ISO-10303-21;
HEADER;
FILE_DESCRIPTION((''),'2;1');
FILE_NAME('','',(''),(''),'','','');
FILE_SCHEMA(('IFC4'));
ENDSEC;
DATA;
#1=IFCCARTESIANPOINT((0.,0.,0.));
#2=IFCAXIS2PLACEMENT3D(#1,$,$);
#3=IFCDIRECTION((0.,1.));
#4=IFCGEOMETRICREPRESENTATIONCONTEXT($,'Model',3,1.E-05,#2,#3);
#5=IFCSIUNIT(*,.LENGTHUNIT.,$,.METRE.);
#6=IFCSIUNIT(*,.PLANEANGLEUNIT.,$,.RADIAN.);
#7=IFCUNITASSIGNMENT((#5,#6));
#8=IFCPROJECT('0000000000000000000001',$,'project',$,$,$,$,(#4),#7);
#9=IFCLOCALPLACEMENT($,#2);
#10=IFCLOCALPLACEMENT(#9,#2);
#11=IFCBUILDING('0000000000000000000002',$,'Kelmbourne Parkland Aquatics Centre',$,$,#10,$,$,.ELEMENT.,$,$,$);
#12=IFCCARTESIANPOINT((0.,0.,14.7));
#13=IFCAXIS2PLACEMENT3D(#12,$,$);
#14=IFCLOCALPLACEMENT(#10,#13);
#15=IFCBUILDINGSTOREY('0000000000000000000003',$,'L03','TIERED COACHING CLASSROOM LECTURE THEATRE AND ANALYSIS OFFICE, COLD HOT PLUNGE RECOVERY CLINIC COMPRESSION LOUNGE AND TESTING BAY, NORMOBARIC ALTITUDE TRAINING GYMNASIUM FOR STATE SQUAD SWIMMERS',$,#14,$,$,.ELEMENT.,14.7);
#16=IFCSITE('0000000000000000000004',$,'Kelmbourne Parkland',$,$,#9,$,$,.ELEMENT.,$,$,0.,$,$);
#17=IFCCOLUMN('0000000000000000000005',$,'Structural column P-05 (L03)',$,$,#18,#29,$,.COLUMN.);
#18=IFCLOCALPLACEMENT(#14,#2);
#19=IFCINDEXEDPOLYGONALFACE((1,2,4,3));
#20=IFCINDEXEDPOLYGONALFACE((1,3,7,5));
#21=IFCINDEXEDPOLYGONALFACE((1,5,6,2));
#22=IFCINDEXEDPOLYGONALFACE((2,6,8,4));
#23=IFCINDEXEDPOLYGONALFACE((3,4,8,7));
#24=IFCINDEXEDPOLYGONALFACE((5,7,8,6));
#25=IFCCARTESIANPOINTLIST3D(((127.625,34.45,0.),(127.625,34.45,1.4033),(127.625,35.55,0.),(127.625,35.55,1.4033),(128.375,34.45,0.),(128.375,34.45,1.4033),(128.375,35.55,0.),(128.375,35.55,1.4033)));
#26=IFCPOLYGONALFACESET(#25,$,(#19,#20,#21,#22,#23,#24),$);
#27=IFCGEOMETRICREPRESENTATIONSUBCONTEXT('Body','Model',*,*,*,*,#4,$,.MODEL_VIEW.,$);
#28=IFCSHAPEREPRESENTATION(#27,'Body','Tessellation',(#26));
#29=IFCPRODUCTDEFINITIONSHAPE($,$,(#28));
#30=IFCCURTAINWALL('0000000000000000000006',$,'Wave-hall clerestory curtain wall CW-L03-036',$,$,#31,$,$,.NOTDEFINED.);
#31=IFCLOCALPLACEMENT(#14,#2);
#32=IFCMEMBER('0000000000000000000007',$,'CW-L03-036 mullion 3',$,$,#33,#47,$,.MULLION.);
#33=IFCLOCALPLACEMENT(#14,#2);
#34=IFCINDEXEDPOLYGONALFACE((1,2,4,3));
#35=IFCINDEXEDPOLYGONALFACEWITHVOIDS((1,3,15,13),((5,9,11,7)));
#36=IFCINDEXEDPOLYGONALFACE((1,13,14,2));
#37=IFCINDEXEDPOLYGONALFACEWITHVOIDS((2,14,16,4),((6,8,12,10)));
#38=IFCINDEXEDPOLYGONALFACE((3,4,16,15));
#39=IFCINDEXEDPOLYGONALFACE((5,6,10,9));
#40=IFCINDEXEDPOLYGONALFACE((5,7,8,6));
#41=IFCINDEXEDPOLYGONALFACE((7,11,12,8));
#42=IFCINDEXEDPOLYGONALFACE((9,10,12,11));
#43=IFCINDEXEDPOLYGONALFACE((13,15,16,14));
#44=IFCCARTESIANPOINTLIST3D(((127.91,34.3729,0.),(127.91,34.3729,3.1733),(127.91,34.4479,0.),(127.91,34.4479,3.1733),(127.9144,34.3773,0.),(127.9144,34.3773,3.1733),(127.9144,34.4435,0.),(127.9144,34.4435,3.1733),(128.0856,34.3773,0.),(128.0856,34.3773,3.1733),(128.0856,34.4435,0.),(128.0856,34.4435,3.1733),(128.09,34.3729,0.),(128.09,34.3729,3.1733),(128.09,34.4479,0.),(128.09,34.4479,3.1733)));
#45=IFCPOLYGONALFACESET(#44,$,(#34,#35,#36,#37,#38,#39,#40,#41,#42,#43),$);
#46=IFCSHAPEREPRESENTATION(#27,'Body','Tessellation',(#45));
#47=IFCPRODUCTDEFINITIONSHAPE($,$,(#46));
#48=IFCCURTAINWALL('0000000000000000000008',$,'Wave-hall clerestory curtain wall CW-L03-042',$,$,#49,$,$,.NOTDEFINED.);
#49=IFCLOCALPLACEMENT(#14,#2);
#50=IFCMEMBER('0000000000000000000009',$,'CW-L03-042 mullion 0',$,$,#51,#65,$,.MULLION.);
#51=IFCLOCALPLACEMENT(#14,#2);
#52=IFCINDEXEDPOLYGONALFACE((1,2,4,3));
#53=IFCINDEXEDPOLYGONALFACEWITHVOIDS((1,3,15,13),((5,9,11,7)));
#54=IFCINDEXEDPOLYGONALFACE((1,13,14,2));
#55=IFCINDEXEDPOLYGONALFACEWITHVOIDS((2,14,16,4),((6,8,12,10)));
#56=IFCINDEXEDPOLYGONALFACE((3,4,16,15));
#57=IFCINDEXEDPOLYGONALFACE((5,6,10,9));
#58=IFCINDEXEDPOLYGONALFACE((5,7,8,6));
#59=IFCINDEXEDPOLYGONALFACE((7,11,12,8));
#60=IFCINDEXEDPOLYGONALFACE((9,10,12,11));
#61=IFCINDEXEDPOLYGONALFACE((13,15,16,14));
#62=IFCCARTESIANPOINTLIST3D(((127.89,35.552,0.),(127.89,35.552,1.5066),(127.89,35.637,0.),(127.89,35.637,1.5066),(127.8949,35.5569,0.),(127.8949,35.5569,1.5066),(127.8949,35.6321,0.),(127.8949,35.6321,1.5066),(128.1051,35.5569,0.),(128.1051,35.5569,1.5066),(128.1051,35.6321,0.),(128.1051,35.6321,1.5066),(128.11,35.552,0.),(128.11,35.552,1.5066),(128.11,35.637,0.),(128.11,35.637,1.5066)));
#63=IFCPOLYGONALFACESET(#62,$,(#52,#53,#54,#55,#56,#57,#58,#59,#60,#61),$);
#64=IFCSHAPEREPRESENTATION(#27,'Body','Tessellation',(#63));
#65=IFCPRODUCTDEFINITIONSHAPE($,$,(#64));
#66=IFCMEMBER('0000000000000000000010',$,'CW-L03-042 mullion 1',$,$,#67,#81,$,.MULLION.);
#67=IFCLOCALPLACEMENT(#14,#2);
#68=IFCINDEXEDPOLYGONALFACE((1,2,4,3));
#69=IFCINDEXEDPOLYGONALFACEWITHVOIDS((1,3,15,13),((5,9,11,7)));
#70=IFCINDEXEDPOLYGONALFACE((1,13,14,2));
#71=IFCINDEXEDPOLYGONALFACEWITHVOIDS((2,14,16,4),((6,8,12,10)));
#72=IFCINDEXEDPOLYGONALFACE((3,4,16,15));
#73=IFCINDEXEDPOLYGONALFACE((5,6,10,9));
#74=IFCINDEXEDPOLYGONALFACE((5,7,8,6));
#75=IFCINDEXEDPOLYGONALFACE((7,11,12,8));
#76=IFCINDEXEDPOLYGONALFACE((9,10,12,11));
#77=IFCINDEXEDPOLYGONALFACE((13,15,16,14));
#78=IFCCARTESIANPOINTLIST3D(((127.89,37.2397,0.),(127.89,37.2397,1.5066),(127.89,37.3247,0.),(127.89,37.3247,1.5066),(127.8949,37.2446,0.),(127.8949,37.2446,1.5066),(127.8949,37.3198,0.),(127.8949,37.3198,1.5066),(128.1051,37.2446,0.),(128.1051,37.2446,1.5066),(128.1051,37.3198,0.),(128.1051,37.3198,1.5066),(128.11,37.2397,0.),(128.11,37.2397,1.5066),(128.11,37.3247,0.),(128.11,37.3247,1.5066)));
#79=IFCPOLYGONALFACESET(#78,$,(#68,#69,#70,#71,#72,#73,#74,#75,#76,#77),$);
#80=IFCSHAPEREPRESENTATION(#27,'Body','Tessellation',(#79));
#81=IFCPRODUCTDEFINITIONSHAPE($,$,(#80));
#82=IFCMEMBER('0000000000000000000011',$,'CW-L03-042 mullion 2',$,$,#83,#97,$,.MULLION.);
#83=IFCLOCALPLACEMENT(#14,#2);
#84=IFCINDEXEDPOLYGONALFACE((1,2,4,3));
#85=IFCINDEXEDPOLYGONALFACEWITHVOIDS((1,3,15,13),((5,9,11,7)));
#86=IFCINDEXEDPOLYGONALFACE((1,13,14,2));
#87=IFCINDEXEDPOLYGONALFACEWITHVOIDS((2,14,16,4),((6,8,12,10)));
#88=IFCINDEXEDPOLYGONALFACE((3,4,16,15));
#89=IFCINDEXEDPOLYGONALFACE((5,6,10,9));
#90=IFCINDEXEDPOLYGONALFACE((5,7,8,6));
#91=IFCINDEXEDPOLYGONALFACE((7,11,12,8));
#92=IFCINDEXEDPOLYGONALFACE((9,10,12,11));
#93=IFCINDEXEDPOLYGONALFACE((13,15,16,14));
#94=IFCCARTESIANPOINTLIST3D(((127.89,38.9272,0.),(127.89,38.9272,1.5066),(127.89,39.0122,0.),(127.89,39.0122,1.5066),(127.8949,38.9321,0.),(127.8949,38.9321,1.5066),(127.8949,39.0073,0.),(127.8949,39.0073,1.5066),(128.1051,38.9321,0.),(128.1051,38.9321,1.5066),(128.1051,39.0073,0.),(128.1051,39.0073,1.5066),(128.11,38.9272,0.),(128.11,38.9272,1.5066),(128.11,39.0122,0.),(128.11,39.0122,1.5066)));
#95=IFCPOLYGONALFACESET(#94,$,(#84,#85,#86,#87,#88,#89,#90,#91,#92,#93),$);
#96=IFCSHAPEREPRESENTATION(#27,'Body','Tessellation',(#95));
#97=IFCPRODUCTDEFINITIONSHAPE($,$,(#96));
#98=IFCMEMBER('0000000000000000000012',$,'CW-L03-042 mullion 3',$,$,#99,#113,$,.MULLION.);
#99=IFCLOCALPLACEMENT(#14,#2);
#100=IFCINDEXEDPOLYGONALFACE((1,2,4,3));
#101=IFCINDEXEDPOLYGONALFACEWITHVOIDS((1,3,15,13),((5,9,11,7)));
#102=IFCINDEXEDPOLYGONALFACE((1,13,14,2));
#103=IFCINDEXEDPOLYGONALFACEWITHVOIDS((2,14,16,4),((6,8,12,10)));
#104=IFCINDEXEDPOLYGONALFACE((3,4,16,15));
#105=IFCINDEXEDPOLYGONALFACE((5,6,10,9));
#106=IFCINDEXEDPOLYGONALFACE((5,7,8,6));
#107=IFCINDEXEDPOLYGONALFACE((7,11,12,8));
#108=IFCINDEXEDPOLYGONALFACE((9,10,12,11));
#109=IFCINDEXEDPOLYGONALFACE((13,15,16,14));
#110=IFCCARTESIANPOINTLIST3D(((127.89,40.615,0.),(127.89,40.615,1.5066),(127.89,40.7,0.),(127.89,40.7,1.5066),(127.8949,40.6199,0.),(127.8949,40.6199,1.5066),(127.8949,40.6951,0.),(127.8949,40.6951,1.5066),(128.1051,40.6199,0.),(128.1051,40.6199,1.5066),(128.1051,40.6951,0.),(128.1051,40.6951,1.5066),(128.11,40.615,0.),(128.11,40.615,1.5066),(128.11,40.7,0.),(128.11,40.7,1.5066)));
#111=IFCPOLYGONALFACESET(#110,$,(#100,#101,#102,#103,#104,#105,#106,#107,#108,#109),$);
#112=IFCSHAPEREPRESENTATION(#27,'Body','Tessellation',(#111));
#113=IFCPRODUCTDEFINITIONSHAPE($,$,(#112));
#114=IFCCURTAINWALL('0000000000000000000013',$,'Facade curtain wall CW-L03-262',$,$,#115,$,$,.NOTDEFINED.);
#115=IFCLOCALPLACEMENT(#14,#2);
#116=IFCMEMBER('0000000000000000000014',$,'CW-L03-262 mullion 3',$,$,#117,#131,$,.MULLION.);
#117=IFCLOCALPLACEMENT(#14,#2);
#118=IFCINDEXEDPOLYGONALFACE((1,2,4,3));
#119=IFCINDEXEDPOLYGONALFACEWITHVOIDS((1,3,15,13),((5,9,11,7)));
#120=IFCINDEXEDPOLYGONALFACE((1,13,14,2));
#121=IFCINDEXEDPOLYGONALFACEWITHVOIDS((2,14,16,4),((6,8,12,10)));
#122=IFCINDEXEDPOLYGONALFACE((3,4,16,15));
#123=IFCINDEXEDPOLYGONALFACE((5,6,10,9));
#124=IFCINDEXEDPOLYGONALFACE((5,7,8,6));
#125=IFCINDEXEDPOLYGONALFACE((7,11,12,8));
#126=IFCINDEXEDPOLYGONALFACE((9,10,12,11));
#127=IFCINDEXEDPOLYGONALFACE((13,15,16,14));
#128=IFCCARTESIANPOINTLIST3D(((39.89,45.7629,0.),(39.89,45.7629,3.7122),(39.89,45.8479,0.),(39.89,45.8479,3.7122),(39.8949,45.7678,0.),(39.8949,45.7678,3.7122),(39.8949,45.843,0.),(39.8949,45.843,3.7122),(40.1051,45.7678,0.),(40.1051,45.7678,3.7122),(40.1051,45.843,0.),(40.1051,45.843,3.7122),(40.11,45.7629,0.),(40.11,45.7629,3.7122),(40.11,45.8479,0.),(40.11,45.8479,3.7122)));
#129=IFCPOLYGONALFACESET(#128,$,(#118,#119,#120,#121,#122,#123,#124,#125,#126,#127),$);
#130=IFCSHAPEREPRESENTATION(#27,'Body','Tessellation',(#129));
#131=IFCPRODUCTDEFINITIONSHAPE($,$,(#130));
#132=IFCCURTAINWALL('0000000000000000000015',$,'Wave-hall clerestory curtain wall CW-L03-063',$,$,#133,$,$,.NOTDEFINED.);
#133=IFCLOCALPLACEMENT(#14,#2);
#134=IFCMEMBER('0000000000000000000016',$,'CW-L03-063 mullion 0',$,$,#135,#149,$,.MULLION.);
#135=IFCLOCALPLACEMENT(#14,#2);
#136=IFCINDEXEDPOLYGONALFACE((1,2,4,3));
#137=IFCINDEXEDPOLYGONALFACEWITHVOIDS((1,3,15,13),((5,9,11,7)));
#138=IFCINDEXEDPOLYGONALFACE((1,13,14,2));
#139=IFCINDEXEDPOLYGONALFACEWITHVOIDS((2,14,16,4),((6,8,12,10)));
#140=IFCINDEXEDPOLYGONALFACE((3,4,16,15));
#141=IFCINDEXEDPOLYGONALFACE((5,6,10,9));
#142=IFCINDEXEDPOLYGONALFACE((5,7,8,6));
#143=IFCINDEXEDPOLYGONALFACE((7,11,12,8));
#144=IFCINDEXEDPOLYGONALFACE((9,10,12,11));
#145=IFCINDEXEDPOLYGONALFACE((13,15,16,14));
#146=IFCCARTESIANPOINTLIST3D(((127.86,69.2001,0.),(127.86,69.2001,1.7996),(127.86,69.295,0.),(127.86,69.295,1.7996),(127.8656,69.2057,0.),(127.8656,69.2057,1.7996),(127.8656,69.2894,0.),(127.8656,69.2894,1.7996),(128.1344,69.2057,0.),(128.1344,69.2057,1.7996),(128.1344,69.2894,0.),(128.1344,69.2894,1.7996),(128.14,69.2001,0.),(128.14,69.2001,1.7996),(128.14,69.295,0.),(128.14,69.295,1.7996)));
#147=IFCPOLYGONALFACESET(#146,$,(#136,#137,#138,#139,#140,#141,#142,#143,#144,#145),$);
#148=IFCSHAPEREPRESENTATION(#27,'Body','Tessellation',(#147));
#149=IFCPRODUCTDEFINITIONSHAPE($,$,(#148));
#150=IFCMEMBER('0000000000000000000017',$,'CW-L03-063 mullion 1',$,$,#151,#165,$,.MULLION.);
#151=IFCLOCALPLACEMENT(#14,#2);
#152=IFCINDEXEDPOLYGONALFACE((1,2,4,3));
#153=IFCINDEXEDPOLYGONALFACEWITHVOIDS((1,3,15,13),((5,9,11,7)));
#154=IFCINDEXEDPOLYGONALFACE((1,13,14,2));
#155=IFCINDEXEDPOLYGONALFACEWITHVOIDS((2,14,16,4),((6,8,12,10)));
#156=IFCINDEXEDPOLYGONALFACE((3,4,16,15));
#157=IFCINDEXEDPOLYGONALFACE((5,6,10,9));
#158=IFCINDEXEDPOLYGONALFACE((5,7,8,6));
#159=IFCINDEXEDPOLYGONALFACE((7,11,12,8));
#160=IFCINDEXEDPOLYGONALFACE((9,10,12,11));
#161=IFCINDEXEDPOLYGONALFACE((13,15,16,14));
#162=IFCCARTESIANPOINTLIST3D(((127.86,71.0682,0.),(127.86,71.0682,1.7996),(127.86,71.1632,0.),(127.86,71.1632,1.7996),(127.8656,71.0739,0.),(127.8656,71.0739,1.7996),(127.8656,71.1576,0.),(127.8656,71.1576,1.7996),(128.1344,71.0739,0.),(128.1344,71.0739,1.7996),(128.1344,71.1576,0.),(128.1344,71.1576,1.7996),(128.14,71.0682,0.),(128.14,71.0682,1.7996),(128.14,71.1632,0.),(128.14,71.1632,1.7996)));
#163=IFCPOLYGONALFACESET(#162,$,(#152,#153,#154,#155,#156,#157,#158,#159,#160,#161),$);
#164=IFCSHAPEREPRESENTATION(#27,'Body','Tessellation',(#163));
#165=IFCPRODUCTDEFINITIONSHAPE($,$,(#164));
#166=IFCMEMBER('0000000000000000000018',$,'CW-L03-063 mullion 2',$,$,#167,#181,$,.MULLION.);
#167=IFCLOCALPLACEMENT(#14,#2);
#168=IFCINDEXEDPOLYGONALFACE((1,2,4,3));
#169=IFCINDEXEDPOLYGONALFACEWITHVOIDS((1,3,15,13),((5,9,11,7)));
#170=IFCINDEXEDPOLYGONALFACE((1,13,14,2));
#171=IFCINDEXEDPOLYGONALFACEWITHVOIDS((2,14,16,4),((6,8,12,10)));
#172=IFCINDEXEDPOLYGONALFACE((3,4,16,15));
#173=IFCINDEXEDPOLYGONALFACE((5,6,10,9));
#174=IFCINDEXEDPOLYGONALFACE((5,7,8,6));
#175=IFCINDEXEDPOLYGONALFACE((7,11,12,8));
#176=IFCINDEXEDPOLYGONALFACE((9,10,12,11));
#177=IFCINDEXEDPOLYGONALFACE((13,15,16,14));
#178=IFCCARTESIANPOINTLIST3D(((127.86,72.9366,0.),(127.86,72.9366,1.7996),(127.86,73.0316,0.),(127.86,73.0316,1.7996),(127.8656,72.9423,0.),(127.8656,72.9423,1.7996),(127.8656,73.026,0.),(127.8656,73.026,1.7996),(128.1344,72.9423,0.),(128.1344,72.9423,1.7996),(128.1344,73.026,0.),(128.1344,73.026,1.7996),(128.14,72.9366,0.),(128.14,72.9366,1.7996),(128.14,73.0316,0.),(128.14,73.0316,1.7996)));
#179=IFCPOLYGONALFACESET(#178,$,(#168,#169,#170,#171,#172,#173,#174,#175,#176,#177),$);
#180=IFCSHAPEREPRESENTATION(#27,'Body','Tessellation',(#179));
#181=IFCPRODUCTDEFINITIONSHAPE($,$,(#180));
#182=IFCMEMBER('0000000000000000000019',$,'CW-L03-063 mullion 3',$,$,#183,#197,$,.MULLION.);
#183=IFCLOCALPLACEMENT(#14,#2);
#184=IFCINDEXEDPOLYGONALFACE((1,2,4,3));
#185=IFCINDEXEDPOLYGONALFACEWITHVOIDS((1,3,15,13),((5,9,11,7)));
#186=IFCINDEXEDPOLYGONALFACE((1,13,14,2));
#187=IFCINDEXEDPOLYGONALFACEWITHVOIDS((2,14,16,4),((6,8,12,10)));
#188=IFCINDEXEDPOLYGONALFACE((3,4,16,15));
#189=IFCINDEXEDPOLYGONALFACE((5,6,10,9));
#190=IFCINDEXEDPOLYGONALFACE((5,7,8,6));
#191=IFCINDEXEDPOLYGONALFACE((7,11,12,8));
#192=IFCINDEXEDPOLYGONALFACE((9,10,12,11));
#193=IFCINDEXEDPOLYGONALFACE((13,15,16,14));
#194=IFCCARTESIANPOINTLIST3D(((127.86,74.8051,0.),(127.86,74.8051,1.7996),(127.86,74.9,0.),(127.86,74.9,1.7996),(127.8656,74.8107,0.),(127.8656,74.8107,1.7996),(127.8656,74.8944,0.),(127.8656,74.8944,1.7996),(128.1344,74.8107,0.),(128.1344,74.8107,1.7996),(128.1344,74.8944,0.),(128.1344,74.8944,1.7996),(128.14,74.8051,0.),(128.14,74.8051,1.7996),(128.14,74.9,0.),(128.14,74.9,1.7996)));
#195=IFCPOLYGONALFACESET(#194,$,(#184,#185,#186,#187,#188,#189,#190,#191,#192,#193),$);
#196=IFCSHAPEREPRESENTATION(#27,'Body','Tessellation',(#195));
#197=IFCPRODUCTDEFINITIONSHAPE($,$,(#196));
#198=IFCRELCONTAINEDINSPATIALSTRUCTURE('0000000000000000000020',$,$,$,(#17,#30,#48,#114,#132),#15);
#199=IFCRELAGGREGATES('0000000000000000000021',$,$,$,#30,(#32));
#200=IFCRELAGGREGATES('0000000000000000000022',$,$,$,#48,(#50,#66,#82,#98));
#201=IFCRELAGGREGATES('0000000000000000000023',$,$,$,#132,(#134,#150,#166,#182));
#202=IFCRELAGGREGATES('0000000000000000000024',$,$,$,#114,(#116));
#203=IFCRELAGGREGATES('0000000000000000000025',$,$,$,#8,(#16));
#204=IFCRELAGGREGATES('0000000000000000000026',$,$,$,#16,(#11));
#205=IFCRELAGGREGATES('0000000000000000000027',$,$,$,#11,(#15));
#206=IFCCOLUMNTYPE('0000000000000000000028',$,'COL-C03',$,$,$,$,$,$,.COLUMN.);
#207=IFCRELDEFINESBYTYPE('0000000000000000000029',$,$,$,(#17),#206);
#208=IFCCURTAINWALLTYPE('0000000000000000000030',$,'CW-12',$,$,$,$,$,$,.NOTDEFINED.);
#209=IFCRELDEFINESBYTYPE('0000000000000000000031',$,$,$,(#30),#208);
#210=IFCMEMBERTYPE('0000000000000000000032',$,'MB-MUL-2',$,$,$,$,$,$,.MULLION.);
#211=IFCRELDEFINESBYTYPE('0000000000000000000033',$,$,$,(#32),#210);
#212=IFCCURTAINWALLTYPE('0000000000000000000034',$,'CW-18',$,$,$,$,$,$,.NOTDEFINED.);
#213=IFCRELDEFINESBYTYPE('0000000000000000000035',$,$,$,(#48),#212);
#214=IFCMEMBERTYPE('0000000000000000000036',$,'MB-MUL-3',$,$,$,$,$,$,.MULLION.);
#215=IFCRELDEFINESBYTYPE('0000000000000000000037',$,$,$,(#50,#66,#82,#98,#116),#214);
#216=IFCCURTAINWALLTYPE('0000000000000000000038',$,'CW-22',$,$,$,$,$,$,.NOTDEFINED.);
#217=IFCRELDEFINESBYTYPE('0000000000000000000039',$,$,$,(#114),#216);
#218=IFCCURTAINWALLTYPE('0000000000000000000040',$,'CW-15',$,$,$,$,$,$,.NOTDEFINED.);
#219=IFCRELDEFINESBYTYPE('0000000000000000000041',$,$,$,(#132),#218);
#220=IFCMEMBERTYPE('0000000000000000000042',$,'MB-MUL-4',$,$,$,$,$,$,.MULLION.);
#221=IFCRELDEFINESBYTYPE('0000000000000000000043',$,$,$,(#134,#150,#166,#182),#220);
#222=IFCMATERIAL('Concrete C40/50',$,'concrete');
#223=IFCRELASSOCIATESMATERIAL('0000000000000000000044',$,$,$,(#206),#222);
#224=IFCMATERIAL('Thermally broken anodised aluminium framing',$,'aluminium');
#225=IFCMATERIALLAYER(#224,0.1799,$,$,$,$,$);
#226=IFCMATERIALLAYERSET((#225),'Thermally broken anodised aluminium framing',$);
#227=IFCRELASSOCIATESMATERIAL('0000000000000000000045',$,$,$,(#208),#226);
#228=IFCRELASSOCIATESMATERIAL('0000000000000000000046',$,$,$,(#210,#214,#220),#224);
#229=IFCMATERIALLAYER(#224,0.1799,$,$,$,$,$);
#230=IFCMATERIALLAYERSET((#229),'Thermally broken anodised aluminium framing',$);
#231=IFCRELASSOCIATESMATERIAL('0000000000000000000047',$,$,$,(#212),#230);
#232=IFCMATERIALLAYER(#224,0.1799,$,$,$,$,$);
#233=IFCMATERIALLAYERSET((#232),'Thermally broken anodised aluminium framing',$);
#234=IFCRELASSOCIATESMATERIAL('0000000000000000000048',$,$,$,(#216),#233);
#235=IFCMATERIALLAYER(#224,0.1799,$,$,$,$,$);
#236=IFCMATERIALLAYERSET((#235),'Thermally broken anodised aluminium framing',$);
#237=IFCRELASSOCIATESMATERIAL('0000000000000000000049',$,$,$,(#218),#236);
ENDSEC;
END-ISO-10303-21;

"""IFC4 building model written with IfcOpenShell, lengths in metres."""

from ifc_helpers import new_model, si_unit, direction, frame, origin, origin_2d, place, context, subcontext, project, spatial, rectangle, hollow_rectangle, extrude, material, layer, layer_set, material_profile, profile_set, type_object, element, aggregate, save


model = new_model("IFC4")

# Units and contexts
model_context = context("Model", 3, precision=1e-05, world=origin(), true_north=direction((0.0, 1.0)))
body_context = subcontext(model_context, "Body", "Model", "MODEL_VIEW")
ifc_project = project(units=[si_unit("LENGTHUNIT", "METRE"), si_unit("PLANEANGLEUNIT", "RADIAN")], contexts=[model_context])

# Site, building, storey
site_placement = place(None, origin())
site = spatial("IfcSite", under=ifc_project, at=site_placement, Name="Kelmbourne Parkland", CompositionType="ELEMENT", RefElevation=0.0)
building_placement = place(site_placement, origin())
building = spatial("IfcBuilding", under=site, at=building_placement, Name="Kelmbourne Parkland Aquatics Centre", CompositionType="ELEMENT")
storey_placement = place(building_placement, frame((0.0, 0.0, 14.7)))
storey = spatial("IfcBuildingStorey", under=building, at=storey_placement, Name="L03", Description="TIERED COACHING CLASSROOM LECTURE THEATRE AND ANALYSIS OFFICE, COLD HOT PLUNGE RECOVERY CLINIC COMPRESSION LOUNGE AND TESTING BAY, NORMOBARIC ALTITUDE TRAINING GYMNASIUM FOR STATE SQUAD SWIMMERS", CompositionType="ELEMENT", Elevation=14.7)

# Column
ifc_material_1 = material(Name="Concrete C40/50", Category="concrete")
ifc_material_profile_1 = material_profile(ifc_material_1, rectangle(XDim=0.75, YDim=1.1001, at=origin_2d()), Name="RC 750x1100")
ifc_profile_set_1 = profile_set([ifc_material_profile_1], Name="Concrete C40/50")
column_type = type_object("IfcColumnType", Name="COL-C03", PredefinedType="COLUMN", material=ifc_profile_set_1)
column_placement = place(storey_placement, frame((128.0, 35.0, 0.0), z_axis=(0.0, 0.0, 1.0), x_axis=(1.0, 0.0, 0.0)))
element("IfcColumn", 1, at=column_placement, inside=storey, type_object=column_type, Name="Structural column P-05 (L03)", PredefinedType="COLUMN", context=body_context, shape_type="SweptSolid", body=[
    extrude(rectangle(XDim=0.75, YDim=1.1001, at=origin_2d()), origin(), (0.0, 0.0, 1.0), 1.4033),
])

# Curtain wall, member
ifc_material_2 = material(Name="Thermally broken anodised aluminium framing", Category="aluminium")
ifc_layer_1 = layer(ifc_material_2, 0.1799)
ifc_layer_set_1 = layer_set([ifc_layer_1], Name="Thermally broken anodised aluminium framing")
curtain_wall_type_1 = type_object("IfcCurtainWallType", Name="CW-12", PredefinedType="NOTDEFINED", material=ifc_layer_set_1)
curtain_wall_1_placement = place(storey_placement, origin())
curtain_wall_1 = element("IfcCurtainWall", 2, at=curtain_wall_1_placement, inside=storey, type_object=curtain_wall_type_1, Name="Wave-hall clerestory curtain wall CW-L03-036", PredefinedType="NOTDEFINED")
ifc_material_profile_2 = material_profile(ifc_material_2, hollow_rectangle(XDim=0.075, YDim=0.1799, WallThickness=0.0044, at=origin_2d()), Name="CW-M 75x180")
ifc_profile_set_2 = profile_set([ifc_material_profile_2], Name="Thermally broken anodised aluminium framing")
member_type_1 = type_object("IfcMemberType", Name="MB-MUL-2", PredefinedType="MULLION", material=ifc_profile_set_2)
member_1_placement = place(storey_placement, frame((128.0, 34.4104, 0.0), z_axis=(0.0, 0.0, 1.0), x_axis=(0.0, 1.0, 0.0)))
member_1 = element("IfcMember", 3, at=member_1_placement, type_object=member_type_1, Name="CW-L03-036 mullion 3", PredefinedType="MULLION", context=body_context, shape_type="SweptSolid", body=[
    extrude(hollow_rectangle(XDim=0.075, YDim=0.1799, WallThickness=0.0044, at=origin_2d()), origin(), (0.0, 0.0, 1.0), 3.1733),
])
aggregate(curtain_wall_1, [member_1])

# Curtain wall, members
ifc_layer_2 = layer(ifc_material_2, 0.1799)
ifc_layer_set_2 = layer_set([ifc_layer_2], Name="Thermally broken anodised aluminium framing")
curtain_wall_type_2 = type_object("IfcCurtainWallType", Name="CW-18", PredefinedType="NOTDEFINED", material=ifc_layer_set_2)
curtain_wall_2_placement = place(storey_placement, origin())
curtain_wall_2 = element("IfcCurtainWall", 4, at=curtain_wall_2_placement, inside=storey, type_object=curtain_wall_type_2, Name="Wave-hall clerestory curtain wall CW-L03-042", PredefinedType="NOTDEFINED")
ifc_material_profile_3 = material_profile(ifc_material_2, hollow_rectangle(XDim=0.085, YDim=0.22, WallThickness=0.0049, at=origin_2d()), Name="CW-M 85x220")
ifc_profile_set_3 = profile_set([ifc_material_profile_3], Name="Thermally broken anodised aluminium framing")
member_type_2 = type_object("IfcMemberType", Name="MB-MUL-3", PredefinedType="MULLION", material=ifc_profile_set_3)
member_2_placement = place(storey_placement, frame((128.0, 35.5945, 0.0), z_axis=(0.0, 0.0, 1.0), x_axis=(0.0, 1.0, 0.0)))
member_2 = element("IfcMember", 5, at=member_2_placement, type_object=member_type_2, Name="CW-L03-042 mullion 0", PredefinedType="MULLION", context=body_context, shape_type="SweptSolid", body=[
    extrude(hollow_rectangle(XDim=0.085, YDim=0.22, WallThickness=0.0049, at=origin_2d()), origin(), (0.0, 0.0, 1.0), 1.5066),
])
member_3_placement = place(storey_placement, frame((128.0, 37.2822, 0.0), z_axis=(0.0, 0.0, 1.0), x_axis=(0.0, 1.0, 0.0)))
member_3 = element("IfcMember", 6, at=member_3_placement, type_object=member_type_2, Name="CW-L03-042 mullion 1", PredefinedType="MULLION", context=body_context, shape_type="SweptSolid", body=[
    extrude(hollow_rectangle(XDim=0.085, YDim=0.22, WallThickness=0.0049, at=origin_2d()), origin(), (0.0, 0.0, 1.0), 1.5066),
])
member_4_placement = place(storey_placement, frame((128.0, 38.9697, 0.0), z_axis=(0.0, 0.0, 1.0), x_axis=(0.0, 1.0, 0.0)))
member_4 = element("IfcMember", 7, at=member_4_placement, type_object=member_type_2, Name="CW-L03-042 mullion 2", PredefinedType="MULLION", context=body_context, shape_type="SweptSolid", body=[
    extrude(hollow_rectangle(XDim=0.085, YDim=0.22, WallThickness=0.0049, at=origin_2d()), origin(), (0.0, 0.0, 1.0), 1.5066),
])
member_5_placement = place(storey_placement, frame((128.0, 40.6575, 0.0), z_axis=(0.0, 0.0, 1.0), x_axis=(0.0, 1.0, 0.0)))
member_5 = element("IfcMember", 8, at=member_5_placement, type_object=member_type_2, Name="CW-L03-042 mullion 3", PredefinedType="MULLION", context=body_context, shape_type="SweptSolid", body=[
    extrude(hollow_rectangle(XDim=0.085, YDim=0.22, WallThickness=0.0049, at=origin_2d()), origin(), (0.0, 0.0, 1.0), 1.5066),
])

# Curtain wall, member
ifc_layer_3 = layer(ifc_material_2, 0.1799)
ifc_layer_set_3 = layer_set([ifc_layer_3], Name="Thermally broken anodised aluminium framing")
curtain_wall_type_3 = type_object("IfcCurtainWallType", Name="CW-22", PredefinedType="NOTDEFINED", material=ifc_layer_set_3)
curtain_wall_3_placement = place(storey_placement, origin())
curtain_wall_3 = element("IfcCurtainWall", 9, at=curtain_wall_3_placement, inside=storey, type_object=curtain_wall_type_3, Name="Facade curtain wall CW-L03-262", PredefinedType="NOTDEFINED")
member_6_placement = place(storey_placement, frame((40.0, 45.8054, 0.0), z_axis=(0.0, 0.0, 1.0), x_axis=(0.0, 1.0, 0.0)))
member_6 = element("IfcMember", 10, at=member_6_placement, type_object=member_type_2, Name="CW-L03-262 mullion 3", PredefinedType="MULLION", context=body_context, shape_type="SweptSolid", body=[
    extrude(hollow_rectangle(XDim=0.085, YDim=0.22, WallThickness=0.0049, at=origin_2d()), origin(), (0.0, 0.0, 1.0), 3.7122),
])

# Curtain wall, members
ifc_layer_4 = layer(ifc_material_2, 0.1799)
ifc_layer_set_4 = layer_set([ifc_layer_4], Name="Thermally broken anodised aluminium framing")
curtain_wall_type_4 = type_object("IfcCurtainWallType", Name="CW-15", PredefinedType="NOTDEFINED", material=ifc_layer_set_4)
curtain_wall_4_placement = place(storey_placement, origin())
curtain_wall_4 = element("IfcCurtainWall", 11, at=curtain_wall_4_placement, inside=storey, type_object=curtain_wall_type_4, Name="Wave-hall clerestory curtain wall CW-L03-063", PredefinedType="NOTDEFINED")
ifc_material_profile_4 = material_profile(ifc_material_2, hollow_rectangle(XDim=0.095, YDim=0.28, WallThickness=0.0056, at=origin_2d()), Name="CW-M 95x280")
ifc_profile_set_4 = profile_set([ifc_material_profile_4], Name="Thermally broken anodised aluminium framing")
member_type_3 = type_object("IfcMemberType", Name="MB-MUL-4", PredefinedType="MULLION", material=ifc_profile_set_4)
member_7_placement = place(storey_placement, frame((128.0, 69.2476, 0.0), z_axis=(0.0, 0.0, 1.0), x_axis=(0.0, 1.0, 0.0)))
member_7 = element("IfcMember", 12, at=member_7_placement, type_object=member_type_3, Name="CW-L03-063 mullion 0", PredefinedType="MULLION", context=body_context, shape_type="SweptSolid", body=[
    extrude(hollow_rectangle(XDim=0.095, YDim=0.28, WallThickness=0.0056, at=origin_2d()), origin(), (0.0, 0.0, 1.0), 1.7996),
])
member_8_placement = place(storey_placement, frame((128.0, 71.1157, 0.0), z_axis=(0.0, 0.0, 1.0), x_axis=(0.0, 1.0, 0.0)))
member_8 = element("IfcMember", 13, at=member_8_placement, type_object=member_type_3, Name="CW-L03-063 mullion 1", PredefinedType="MULLION", context=body_context, shape_type="SweptSolid", body=[
    extrude(hollow_rectangle(XDim=0.095, YDim=0.28, WallThickness=0.0056, at=origin_2d()), origin(), (0.0, 0.0, 1.0), 1.7996),
])
member_9_placement = place(storey_placement, frame((128.0, 72.9841, 0.0), z_axis=(0.0, 0.0, 1.0), x_axis=(0.0, 1.0, 0.0)))
member_9 = element("IfcMember", 14, at=member_9_placement, type_object=member_type_3, Name="CW-L03-063 mullion 2", PredefinedType="MULLION", context=body_context, shape_type="SweptSolid", body=[
    extrude(hollow_rectangle(XDim=0.095, YDim=0.28, WallThickness=0.0056, at=origin_2d()), origin(), (0.0, 0.0, 1.0), 1.7996),
])
member_10_placement = place(storey_placement, frame((128.0, 74.8525, 0.0), z_axis=(0.0, 0.0, 1.0), x_axis=(0.0, 1.0, 0.0)))
member_10 = element("IfcMember", 15, at=member_10_placement, type_object=member_type_3, Name="CW-L03-063 mullion 3", PredefinedType="MULLION", context=body_context, shape_type="SweptSolid", body=[
    extrude(hollow_rectangle(XDim=0.095, YDim=0.28, WallThickness=0.0056, at=origin_2d()), origin(), (0.0, 0.0, 1.0), 1.7996),
])

aggregate(curtain_wall_2, [member_2, member_3, member_4, member_5])
aggregate(curtain_wall_4, [member_7, member_8, member_9, member_10])
aggregate(curtain_wall_3, [member_6])

save(model, "model.ifc")
